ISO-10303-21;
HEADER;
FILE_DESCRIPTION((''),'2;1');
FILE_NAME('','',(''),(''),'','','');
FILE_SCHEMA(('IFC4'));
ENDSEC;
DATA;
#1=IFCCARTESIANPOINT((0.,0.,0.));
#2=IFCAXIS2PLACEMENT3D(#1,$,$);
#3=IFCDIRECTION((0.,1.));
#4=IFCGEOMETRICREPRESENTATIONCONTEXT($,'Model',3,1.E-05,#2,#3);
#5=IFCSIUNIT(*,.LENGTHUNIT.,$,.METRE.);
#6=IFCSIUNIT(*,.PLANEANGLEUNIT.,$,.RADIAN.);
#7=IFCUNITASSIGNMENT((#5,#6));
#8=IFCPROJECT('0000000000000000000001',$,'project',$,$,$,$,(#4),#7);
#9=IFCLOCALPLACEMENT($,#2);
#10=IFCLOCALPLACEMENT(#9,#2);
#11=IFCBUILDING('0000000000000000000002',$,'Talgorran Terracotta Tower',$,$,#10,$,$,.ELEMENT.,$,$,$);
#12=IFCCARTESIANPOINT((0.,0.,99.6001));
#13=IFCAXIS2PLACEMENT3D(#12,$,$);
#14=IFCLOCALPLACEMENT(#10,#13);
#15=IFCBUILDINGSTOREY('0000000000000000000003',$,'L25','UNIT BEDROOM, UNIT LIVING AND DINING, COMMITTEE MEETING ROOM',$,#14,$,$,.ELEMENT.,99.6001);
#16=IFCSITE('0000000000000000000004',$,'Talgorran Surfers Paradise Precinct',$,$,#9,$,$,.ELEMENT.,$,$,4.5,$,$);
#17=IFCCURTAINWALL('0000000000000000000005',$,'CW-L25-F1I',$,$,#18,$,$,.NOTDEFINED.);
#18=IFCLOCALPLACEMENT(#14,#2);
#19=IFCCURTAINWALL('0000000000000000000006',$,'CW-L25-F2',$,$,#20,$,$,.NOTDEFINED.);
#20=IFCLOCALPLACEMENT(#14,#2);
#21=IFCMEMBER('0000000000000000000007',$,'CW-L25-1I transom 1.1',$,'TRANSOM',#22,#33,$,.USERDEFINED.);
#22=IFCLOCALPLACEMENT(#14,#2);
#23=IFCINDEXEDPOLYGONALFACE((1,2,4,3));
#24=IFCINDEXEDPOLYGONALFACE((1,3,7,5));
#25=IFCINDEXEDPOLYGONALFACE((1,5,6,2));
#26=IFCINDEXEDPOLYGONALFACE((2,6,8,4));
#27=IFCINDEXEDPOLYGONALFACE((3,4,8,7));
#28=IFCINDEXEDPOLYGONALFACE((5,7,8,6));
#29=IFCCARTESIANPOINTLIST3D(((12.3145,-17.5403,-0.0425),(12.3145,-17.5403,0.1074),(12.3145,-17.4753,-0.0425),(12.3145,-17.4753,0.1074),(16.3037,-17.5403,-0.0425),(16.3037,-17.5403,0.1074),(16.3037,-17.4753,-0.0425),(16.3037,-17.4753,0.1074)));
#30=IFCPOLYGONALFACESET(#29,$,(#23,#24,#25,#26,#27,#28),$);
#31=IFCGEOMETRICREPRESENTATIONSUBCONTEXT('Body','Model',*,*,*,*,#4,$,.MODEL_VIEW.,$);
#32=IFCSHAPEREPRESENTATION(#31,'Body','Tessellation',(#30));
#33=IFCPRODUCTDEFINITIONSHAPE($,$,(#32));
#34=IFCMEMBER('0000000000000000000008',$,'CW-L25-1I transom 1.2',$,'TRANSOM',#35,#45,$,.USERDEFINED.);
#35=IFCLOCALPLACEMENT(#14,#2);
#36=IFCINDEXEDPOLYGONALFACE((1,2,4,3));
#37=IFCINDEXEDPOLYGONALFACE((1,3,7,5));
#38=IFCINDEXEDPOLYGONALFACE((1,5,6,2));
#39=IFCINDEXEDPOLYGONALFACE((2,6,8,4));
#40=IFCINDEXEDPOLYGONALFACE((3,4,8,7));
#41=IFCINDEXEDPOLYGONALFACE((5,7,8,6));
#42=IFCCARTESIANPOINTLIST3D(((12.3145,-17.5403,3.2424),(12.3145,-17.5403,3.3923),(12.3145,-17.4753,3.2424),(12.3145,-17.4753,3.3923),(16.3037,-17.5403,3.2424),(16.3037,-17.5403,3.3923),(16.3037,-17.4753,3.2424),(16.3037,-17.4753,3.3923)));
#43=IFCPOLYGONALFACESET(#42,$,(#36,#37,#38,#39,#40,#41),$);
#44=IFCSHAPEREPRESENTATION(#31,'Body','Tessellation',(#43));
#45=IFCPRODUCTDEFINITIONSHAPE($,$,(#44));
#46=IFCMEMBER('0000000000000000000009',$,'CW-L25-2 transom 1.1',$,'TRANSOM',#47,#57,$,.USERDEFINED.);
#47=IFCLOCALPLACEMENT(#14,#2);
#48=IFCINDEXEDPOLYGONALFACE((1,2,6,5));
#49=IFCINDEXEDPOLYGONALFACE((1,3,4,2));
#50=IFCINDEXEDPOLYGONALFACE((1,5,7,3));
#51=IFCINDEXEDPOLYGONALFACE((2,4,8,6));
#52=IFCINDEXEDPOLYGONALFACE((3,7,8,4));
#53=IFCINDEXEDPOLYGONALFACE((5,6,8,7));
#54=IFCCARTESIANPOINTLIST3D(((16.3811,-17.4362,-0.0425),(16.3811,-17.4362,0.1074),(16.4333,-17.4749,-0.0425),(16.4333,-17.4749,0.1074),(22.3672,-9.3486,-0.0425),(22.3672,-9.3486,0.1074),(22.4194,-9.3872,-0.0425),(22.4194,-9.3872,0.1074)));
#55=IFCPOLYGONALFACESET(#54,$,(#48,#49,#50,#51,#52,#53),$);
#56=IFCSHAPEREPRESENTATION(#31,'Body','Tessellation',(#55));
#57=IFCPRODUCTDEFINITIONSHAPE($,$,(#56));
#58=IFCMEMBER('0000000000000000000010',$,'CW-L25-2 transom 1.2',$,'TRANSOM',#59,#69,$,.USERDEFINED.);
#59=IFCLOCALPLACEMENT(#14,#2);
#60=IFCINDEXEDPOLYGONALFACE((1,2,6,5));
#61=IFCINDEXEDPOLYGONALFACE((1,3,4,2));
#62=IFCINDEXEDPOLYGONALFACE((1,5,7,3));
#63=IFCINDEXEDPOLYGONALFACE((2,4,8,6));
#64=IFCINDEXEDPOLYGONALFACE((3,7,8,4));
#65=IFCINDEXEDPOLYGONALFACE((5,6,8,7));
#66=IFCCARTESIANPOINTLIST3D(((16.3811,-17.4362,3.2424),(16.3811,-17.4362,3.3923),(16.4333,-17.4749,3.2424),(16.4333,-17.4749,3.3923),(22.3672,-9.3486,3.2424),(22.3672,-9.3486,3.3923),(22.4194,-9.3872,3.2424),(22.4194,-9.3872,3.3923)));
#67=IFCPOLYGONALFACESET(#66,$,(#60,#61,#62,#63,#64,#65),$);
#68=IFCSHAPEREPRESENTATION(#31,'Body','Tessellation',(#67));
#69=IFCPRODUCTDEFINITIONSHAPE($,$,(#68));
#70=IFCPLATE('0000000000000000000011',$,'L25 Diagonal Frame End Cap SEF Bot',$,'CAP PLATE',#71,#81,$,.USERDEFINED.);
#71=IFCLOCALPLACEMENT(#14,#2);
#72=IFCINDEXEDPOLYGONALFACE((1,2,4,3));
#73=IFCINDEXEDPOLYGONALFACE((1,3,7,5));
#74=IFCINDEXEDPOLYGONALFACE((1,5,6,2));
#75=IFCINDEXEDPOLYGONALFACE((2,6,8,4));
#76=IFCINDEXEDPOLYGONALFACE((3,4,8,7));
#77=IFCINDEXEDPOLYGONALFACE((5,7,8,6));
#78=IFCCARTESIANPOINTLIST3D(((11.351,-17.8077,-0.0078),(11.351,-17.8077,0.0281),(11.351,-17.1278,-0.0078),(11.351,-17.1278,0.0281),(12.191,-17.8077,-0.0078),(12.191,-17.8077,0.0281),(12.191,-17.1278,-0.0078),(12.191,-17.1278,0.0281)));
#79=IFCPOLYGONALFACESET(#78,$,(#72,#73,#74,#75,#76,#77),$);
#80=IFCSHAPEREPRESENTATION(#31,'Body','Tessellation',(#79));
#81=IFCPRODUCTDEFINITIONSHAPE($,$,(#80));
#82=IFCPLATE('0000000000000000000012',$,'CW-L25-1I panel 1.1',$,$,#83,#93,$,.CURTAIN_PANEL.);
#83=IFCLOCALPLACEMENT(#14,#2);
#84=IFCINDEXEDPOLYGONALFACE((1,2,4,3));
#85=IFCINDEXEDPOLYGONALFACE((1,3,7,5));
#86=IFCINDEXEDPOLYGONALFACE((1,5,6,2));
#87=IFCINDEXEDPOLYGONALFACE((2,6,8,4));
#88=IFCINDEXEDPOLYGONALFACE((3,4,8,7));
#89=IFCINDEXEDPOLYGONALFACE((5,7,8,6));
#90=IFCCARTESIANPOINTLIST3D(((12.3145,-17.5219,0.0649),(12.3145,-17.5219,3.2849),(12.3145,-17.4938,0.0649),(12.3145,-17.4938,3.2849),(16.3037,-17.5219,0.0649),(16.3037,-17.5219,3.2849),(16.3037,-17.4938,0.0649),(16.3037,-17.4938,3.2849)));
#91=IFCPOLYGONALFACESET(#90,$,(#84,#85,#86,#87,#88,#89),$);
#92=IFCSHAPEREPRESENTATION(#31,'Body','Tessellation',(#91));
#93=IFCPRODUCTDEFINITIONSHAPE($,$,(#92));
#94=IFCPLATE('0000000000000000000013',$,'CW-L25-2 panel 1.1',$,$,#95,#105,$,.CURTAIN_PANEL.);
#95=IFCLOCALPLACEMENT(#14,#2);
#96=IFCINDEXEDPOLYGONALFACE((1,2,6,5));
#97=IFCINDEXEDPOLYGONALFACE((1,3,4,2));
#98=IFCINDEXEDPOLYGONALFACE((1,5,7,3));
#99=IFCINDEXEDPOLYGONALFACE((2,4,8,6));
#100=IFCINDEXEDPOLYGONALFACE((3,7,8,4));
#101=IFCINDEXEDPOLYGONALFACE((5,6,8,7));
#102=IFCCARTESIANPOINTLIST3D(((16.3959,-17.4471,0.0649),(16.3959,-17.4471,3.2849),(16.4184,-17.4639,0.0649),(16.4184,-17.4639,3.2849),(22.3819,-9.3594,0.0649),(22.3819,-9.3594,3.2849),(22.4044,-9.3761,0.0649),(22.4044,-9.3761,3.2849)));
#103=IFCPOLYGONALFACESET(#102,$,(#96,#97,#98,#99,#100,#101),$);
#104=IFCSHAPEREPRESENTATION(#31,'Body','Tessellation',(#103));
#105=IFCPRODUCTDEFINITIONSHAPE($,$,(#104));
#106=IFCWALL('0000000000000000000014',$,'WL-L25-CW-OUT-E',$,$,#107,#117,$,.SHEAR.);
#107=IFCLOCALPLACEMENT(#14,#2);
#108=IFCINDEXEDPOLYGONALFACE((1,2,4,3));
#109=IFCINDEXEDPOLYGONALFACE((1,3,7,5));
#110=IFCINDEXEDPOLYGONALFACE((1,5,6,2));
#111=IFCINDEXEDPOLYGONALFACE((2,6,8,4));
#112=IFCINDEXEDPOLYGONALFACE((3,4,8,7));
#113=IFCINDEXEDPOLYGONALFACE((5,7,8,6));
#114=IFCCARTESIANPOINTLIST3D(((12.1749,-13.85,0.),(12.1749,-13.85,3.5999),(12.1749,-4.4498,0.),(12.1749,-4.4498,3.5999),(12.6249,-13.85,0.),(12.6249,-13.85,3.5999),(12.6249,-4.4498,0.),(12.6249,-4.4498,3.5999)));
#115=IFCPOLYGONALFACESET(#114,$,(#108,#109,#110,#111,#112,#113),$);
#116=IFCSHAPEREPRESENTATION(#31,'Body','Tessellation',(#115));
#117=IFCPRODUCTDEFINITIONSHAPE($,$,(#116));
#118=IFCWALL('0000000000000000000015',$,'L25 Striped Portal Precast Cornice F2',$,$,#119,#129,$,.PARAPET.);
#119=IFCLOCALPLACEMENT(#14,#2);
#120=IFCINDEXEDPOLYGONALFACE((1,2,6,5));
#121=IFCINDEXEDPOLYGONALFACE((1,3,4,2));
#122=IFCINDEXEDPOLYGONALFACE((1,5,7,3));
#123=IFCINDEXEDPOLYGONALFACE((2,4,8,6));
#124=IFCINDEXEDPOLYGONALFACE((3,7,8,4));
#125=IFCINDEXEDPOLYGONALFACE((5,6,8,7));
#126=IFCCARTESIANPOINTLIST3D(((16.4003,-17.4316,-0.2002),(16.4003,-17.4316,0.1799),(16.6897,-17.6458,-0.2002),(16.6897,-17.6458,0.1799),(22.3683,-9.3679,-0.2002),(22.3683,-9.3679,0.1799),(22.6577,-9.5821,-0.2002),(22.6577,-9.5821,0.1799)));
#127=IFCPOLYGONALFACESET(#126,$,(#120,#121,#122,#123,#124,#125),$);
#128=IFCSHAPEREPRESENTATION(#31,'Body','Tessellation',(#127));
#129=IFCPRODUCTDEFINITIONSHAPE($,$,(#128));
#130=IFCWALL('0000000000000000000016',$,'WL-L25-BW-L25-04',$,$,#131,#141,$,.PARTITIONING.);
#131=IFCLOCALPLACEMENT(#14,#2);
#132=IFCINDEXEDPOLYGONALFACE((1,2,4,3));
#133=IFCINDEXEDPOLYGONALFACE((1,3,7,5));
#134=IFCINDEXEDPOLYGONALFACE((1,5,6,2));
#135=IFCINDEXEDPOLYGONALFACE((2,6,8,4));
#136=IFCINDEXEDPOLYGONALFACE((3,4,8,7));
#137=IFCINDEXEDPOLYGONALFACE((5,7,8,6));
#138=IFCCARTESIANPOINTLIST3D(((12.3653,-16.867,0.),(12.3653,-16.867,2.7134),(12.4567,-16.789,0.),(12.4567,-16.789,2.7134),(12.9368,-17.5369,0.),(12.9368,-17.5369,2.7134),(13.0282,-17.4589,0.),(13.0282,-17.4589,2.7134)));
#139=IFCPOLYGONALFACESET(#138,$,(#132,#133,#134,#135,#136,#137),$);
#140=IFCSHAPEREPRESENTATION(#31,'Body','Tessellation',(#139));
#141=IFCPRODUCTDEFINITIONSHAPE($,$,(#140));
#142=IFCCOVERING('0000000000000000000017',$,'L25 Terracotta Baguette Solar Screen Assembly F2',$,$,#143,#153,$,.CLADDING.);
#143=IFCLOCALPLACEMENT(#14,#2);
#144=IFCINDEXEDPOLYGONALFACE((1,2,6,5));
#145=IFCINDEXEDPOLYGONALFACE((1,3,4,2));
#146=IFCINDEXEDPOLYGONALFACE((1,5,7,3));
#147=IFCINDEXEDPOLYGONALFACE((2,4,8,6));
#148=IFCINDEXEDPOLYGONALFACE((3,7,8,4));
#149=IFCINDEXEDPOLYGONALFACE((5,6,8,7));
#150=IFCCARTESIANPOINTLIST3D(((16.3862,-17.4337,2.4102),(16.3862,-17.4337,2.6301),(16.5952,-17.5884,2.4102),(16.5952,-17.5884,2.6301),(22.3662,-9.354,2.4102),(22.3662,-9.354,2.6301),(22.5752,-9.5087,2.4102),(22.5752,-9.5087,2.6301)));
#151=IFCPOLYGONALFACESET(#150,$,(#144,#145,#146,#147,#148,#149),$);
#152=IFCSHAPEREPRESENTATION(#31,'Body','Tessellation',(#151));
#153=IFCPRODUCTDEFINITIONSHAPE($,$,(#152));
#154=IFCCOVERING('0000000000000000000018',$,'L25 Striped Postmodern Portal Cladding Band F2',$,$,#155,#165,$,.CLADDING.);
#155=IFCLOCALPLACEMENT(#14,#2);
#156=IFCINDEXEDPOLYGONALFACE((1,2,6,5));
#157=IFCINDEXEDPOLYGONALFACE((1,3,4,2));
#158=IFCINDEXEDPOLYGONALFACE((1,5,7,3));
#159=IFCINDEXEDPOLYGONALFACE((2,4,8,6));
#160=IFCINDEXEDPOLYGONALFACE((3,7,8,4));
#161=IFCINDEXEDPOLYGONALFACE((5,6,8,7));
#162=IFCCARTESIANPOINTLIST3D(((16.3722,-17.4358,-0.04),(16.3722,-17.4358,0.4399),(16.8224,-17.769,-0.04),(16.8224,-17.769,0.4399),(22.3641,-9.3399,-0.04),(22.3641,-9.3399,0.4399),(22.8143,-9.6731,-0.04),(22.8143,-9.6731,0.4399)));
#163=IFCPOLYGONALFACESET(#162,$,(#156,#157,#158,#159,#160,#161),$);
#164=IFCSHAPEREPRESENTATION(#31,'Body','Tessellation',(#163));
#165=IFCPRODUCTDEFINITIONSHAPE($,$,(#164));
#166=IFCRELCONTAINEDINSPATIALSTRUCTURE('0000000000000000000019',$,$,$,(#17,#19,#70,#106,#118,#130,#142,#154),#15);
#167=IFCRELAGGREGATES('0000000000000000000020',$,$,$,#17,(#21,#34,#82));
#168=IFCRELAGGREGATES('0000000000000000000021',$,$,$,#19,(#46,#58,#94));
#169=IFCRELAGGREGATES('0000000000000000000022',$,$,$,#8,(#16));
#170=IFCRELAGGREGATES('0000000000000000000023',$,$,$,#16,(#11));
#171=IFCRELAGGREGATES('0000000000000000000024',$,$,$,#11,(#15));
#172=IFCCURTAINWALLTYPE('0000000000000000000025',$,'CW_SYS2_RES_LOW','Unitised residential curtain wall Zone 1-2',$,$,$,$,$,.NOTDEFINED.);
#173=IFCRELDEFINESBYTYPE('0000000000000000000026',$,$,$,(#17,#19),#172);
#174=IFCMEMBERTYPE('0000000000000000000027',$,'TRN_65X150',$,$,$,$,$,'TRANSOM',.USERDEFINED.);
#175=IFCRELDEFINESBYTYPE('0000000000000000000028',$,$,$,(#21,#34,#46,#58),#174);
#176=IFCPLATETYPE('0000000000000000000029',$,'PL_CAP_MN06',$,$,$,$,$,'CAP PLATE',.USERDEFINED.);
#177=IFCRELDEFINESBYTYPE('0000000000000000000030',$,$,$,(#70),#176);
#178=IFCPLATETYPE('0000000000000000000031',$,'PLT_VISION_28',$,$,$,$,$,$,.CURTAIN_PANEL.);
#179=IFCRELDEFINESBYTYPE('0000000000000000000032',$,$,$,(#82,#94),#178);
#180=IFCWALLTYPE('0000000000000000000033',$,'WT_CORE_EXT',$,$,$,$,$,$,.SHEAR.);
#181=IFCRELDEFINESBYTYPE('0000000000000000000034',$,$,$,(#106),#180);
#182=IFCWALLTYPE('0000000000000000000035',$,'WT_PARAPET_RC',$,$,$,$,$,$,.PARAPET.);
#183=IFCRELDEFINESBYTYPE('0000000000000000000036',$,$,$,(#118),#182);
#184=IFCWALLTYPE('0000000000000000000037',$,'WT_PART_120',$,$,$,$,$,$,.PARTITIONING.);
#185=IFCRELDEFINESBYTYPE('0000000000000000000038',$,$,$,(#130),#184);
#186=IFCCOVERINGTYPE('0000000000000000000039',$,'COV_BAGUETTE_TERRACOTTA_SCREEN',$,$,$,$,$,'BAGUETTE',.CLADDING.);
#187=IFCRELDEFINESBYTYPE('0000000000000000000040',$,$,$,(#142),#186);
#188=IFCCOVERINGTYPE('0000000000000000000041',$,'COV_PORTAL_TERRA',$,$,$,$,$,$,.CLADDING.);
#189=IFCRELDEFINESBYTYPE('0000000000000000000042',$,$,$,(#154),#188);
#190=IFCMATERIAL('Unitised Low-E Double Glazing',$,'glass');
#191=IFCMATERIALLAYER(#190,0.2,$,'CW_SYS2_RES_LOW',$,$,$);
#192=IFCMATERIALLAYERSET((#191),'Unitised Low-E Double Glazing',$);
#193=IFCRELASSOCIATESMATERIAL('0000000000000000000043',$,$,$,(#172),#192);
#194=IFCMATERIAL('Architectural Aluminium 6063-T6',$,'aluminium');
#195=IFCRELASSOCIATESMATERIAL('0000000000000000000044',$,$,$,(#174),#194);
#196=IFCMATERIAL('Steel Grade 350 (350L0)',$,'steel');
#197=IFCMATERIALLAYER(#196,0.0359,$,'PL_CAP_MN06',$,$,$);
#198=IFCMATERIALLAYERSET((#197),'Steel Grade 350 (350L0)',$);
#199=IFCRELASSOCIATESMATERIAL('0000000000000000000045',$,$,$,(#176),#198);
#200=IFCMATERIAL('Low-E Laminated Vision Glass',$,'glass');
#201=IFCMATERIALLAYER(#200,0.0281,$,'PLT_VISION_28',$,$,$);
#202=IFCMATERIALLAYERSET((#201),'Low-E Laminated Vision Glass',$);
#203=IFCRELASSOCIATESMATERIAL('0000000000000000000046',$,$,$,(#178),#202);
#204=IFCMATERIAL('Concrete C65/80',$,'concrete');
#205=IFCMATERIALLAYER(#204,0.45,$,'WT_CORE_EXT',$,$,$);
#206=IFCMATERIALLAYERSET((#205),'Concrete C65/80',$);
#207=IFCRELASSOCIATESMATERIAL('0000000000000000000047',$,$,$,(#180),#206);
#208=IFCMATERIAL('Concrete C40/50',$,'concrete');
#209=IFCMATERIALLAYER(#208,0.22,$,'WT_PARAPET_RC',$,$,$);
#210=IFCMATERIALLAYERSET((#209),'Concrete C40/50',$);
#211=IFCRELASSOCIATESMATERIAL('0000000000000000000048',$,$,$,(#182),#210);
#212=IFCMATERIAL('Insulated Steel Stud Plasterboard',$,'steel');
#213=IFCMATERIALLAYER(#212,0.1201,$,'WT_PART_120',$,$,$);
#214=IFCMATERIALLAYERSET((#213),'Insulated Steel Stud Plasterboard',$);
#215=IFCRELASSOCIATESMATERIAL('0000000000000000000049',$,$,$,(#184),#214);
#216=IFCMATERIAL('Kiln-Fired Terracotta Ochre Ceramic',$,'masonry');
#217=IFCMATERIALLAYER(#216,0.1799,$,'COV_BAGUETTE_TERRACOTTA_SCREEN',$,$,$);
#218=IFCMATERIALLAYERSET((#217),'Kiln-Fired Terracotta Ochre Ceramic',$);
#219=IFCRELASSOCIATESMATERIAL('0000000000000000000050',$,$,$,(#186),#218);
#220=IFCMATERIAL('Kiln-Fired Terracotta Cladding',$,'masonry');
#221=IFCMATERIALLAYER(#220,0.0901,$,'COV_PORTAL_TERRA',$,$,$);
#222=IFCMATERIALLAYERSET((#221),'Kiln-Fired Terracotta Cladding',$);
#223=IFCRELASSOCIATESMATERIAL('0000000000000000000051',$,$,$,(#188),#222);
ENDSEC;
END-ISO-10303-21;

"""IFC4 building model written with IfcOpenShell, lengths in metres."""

from ifc_helpers import new_model, si_unit, direction, frame, frame_2d, origin, origin_2d, place, context, subcontext, project, spatial, rectangle, extrude, source, transform, mapped, material, layer, layer_set, material_profile, profile_set, type_object, type_shapes, element, aggregate, save


model = new_model("IFC4")

# Units and contexts
model_context = context("Model", 3, precision=1e-05, world=origin(), true_north=direction((0.0, 1.0)))
body_context = subcontext(model_context, "Body", "Model", "MODEL_VIEW")
ifc_project = project(units=[si_unit("LENGTHUNIT", "METRE"), si_unit("PLANEANGLEUNIT", "RADIAN")], contexts=[model_context])

# Site, building, storey
site_placement = place(None, origin())
site = spatial("IfcSite", under=ifc_project, at=site_placement, Name="Talgorran Surfers Paradise Precinct", CompositionType="ELEMENT", RefElevation=4.5)
building_placement = place(site_placement, origin())
building = spatial("IfcBuilding", under=site, at=building_placement, Name="Talgorran Terracotta Tower", CompositionType="ELEMENT")
storey_placement = place(building_placement, frame((0.0, 0.0, 99.6001)))
storey = spatial("IfcBuildingStorey", under=building, at=storey_placement, Name="L25", Description="UNIT BEDROOM, UNIT LIVING AND DINING, COMMITTEE MEETING ROOM", CompositionType="ELEMENT", Elevation=99.6001)

# Shared definitions
ifc_material_1 = material(Name="Steel Grade 350 (350L0)", Category="steel")

# Shared definitions
ifc_material_2 = material(Name="Unitised Low-E Double Glazing", Category="glass")
ifc_layer_1 = layer(ifc_material_2, 0.2, Name="CW_SYS2_RES_LOW")
ifc_layer_set_1 = layer_set([ifc_layer_1], Name="Unitised Low-E Double Glazing")
curtain_wall_type = type_object("IfcCurtainWallType", Name="CW_SYS2_RES_LOW", Description="Unitised residential curtain wall Zone 1-2", PredefinedType="NOTDEFINED", material=ifc_layer_set_1)
ifc_material_3 = material(Name="Architectural Aluminium 6063-T6", Category="aluminium")

# Curtain wall
curtain_wall_1_placement = place(storey_placement, origin())
curtain_wall_1 = element("IfcCurtainWall", 1, at=curtain_wall_1_placement, inside=storey, type_object=curtain_wall_type, Name="CW-L25-F1I", PredefinedType="NOTDEFINED")

# Curtain wall
curtain_wall_2_placement = place(storey_placement, origin())
curtain_wall_2 = element("IfcCurtainWall", 2, at=curtain_wall_2_placement, inside=storey, type_object=curtain_wall_type, Name="CW-L25-F2", PredefinedType="NOTDEFINED")

# Members
ifc_material_profile_1 = material_profile(ifc_material_3, rectangle(XDim=0.0649, YDim=0.1499, at=origin_2d()), Name="CWT65X150")
ifc_profile_set_1 = profile_set([ifc_material_profile_1], Name="Architectural Aluminium 6063-T6")
member_type_1 = type_object("IfcMemberType", Name="TRN_65X150", ElementType="TRANSOM", PredefinedType="USERDEFINED", material=ifc_profile_set_1)
member_1_placement = place(storey_placement, frame((12.3145, -17.5078, 0.0325), z_axis=(1.0, 0.0, 0.0), x_axis=(0.0, 1.0, 0.0)))
member_1 = element("IfcMember", 3, at=member_1_placement, type_object=member_type_1, Name="CW-L25-1I transom 1.1", ObjectType="TRANSOM", PredefinedType="USERDEFINED", context=body_context, shape_type="SweptSolid", body=[
    extrude(rectangle(XDim=0.0649, YDim=0.1499, at=origin_2d()), origin(), (0.0, 0.0, 1.0), 3.9893),
])
member_2_placement = place(storey_placement, frame((12.3145, -17.5078, 3.3174), z_axis=(1.0, 0.0, 0.0), x_axis=(0.0, 1.0, 0.0)))
member_2 = element("IfcMember", 4, at=member_2_placement, type_object=member_type_1, Name="CW-L25-1I transom 1.2", ObjectType="TRANSOM", PredefinedType="USERDEFINED", context=body_context, shape_type="SweptSolid", body=[
    extrude(rectangle(XDim=0.0649, YDim=0.1499, at=origin_2d()), origin(), (0.0, 0.0, 1.0), 3.9893),
])
member_3_placement = place(storey_placement, frame((16.4072, -17.4556, 0.0325), z_axis=(0.594922, 0.803784, 0.0), x_axis=(-0.803784, 0.594922, 0.0)))
member_3 = element("IfcMember", 5, at=member_3_placement, type_object=member_type_1, Name="CW-L25-2 transom 1.1", ObjectType="TRANSOM", PredefinedType="USERDEFINED", context=body_context, shape_type="SweptSolid", body=[
    extrude(rectangle(XDim=0.0649, YDim=0.1499, at=origin_2d()), origin(), (0.0, 0.0, 1.0), 10.062),
])
member_4_placement = place(storey_placement, frame((16.4072, -17.4556, 3.3174), z_axis=(0.594922, 0.803784, 0.0), x_axis=(-0.803784, 0.594922, 0.0)))
member_4 = element("IfcMember", 6, at=member_4_placement, type_object=member_type_1, Name="CW-L25-2 transom 1.2", ObjectType="TRANSOM", PredefinedType="USERDEFINED", context=body_context, shape_type="SweptSolid", body=[
    extrude(rectangle(XDim=0.0649, YDim=0.1499, at=origin_2d()), origin(), (0.0, 0.0, 1.0), 10.062),
])

# Plates
ifc_layer_2 = layer(ifc_material_1, 0.0359, Name="PL_CAP_MN06")
ifc_layer_set_2 = layer_set([ifc_layer_2], Name="Steel Grade 350 (350L0)")
plate_type_1 = type_object("IfcPlateType", Name="PL_CAP_MN06", ElementType="CAP PLATE", PredefinedType="USERDEFINED", material=ifc_layer_set_2)
plate_1_placement = place(storey_placement, frame((11.771, -17.4678, -0.0078), z_axis=(0.0, 0.0, 1.0), x_axis=(-1.0, 0.0, 0.0)))
element("IfcPlate", 7, at=plate_1_placement, inside=storey, type_object=plate_type_1, Name="L25 Diagonal Frame End Cap SEF Bot", ObjectType="CAP PLATE", PredefinedType="USERDEFINED", context=body_context, shape_type="SweptSolid", body=[
    extrude(rectangle(XDim=0.8401, YDim=0.6799, at=origin_2d()), origin(), (0.0, 0.0, 1.0), 0.0359),
])
ifc_material_4 = material(Name="Low-E Laminated Vision Glass", Category="glass")
ifc_layer_3 = layer(ifc_material_4, 0.0281, Name="PLT_VISION_28")
ifc_layer_set_3 = layer_set([ifc_layer_3], Name="Low-E Laminated Vision Glass")
plate_type_2 = type_object("IfcPlateType", Name="PLT_VISION_28", PredefinedType="CURTAIN_PANEL", material=ifc_layer_set_3)
shared_shape_1 = source(origin(), body_context, "Body", "SweptSolid", [
    extrude(rectangle(XDim=3.9893, YDim=0.0281, at=origin_2d()), origin(), (0.0, 0.0, 1.0), 3.22),
])
plate_2_placement = place(storey_placement, frame((14.3091, -17.5078, 0.0649), z_axis=(0.0, 0.0, 1.0), x_axis=(1.0, 0.0, 0.0)))
plate_2 = element("IfcPlate", 8, at=plate_2_placement, type_object=plate_type_2, Name="CW-L25-1I panel 1.1", PredefinedType="CURTAIN_PANEL", context=body_context, shape_type="MappedRepresentation", body=[
    mapped(shared_shape_1, transform((0.0, 0.0, 0.0), scale=1.0)),
])
aggregate(curtain_wall_1, [member_1, member_2, plate_2])
shared_shape_2 = source(origin(), body_context, "Body", "SweptSolid", [
    extrude(rectangle(XDim=10.062, YDim=0.0281, at=origin_2d()), origin(), (0.0, 0.0, 1.0), 3.22),
])
type_shapes(plate_type_2, [shared_shape_1, shared_shape_2])
plate_3_placement = place(storey_placement, frame((19.4001, -13.4116, 0.0649), z_axis=(0.0, 0.0, 1.0), x_axis=(0.594911, 0.803792, 0.0)))
plate_3 = element("IfcPlate", 9, at=plate_3_placement, type_object=plate_type_2, Name="CW-L25-2 panel 1.1", PredefinedType="CURTAIN_PANEL", context=body_context, shape_type="MappedRepresentation", body=[
    mapped(shared_shape_2, transform((0.0, 0.0, 0.0), scale=1.0)),
])
aggregate(curtain_wall_2, [member_3, member_4, plate_3])

# Walls
ifc_material_5 = material(Name="Concrete C65/80", Category="concrete")
ifc_layer_4 = layer(ifc_material_5, 0.45, Name="WT_CORE_EXT")
ifc_layer_set_4 = layer_set([ifc_layer_4], Name="Concrete C65/80")
wall_type_1 = type_object("IfcWallType", Name="WT_CORE_EXT", PredefinedType="SHEAR", material=ifc_layer_set_4)
wall_1_placement = place(storey_placement, frame((12.3999, -13.8501, 0.0), z_axis=(0.0, 0.0, 1.0), x_axis=(0.0, 1.0, 0.0)))
element("IfcWall", 10, at=wall_1_placement, inside=storey, type_object=wall_type_1, Name="WL-L25-CW-OUT-E", PredefinedType="SHEAR", context=body_context, shape_type="SweptSolid", body=[
    extrude(rectangle(XDim=9.4001, YDim=0.45, at=frame_2d((4.7002, 0.0))), origin(), (0.0, 0.0, 1.0), 3.5999),
])
ifc_material_6 = material(Name="Concrete C40/50", Category="concrete")
ifc_layer_5 = layer(ifc_material_6, 0.22, Name="WT_PARAPET_RC")
ifc_layer_set_5 = layer_set([ifc_layer_5], Name="Concrete C40/50")
wall_type_2 = type_object("IfcWallType", Name="WT_PARAPET_RC", PredefinedType="PARAPET", material=ifc_layer_set_5)
wall_2_placement = place(storey_placement, frame((16.5449, -17.5388, -0.2002), z_axis=(0.0, 0.0, 1.0), x_axis=(0.594899, 0.803801, 0.0)))
element("IfcWall", 11, at=wall_2_placement, inside=storey, type_object=wall_type_2, Name="L25 Striped Portal Precast Cornice F2", PredefinedType="PARAPET", context=body_context, shape_type="SweptSolid", body=[
    extrude(rectangle(XDim=10.032, YDim=0.3601, at=frame_2d((5.0161, 0.0))), origin(), (0.0, 0.0, 1.0), 0.3801),
])
ifc_material_7 = material(Name="Insulated Steel Stud Plasterboard", Category="steel")
ifc_layer_6 = layer(ifc_material_7, 0.1201, Name="WT_PART_120")
ifc_layer_set_6 = layer_set([ifc_layer_6], Name="Insulated Steel Stud Plasterboard")
wall_type_3 = type_object("IfcWallType", Name="WT_PART_120", PredefinedType="PARTITIONING", material=ifc_layer_set_6)
wall_3_placement = place(storey_placement, frame((12.4109, -16.8279, 0.0), z_axis=(0.0, 0.0, 1.0), x_axis=(0.649032, -0.760761, 0.0)))
element("IfcWall", 12, at=wall_3_placement, inside=storey, type_object=wall_type_3, Name="WL-L25-BW-L25-04", PredefinedType="PARTITIONING", context=body_context, shape_type="SweptSolid", body=[
    extrude(rectangle(XDim=0.8806, YDim=0.1201, at=frame_2d((0.4404, 0.0))), origin(), (0.0, 0.0, 1.0), 2.7134),
])

# Coverings
ifc_material_8 = material(Name="Kiln-Fired Terracotta Ochre Ceramic", Category="masonry")
ifc_layer_7 = layer(ifc_material_8, 0.1799, Name="COV_BAGUETTE_TERRACOTTA_SCREEN")
ifc_layer_set_7 = layer_set([ifc_layer_7], Name="Kiln-Fired Terracotta Ochre Ceramic")
covering_type_1 = type_object("IfcCoveringType", Name="COV_BAGUETTE_TERRACOTTA_SCREEN", ElementType="BAGUETTE", PredefinedType="CLADDING", material=ifc_layer_set_7)
covering_1_placement = place(storey_placement, frame((19.4807, -13.4712, 2.4102), z_axis=(0.0, 0.0, 1.0), x_axis=(0.594907, 0.803795, 0.0)))
element("IfcCovering", 13, at=covering_1_placement, inside=storey, type_object=covering_type_1, Name="L25 Terracotta Baguette Solar Screen Assembly F2", PredefinedType="CLADDING", context=body_context, shape_type="SweptSolid", body=[
    extrude(rectangle(XDim=10.052, YDim=0.26, at=origin_2d()), origin(), (0.0, 0.0, 1.0), 0.22),
])
ifc_material_9 = material(Name="Kiln-Fired Terracotta Cladding", Category="masonry")
ifc_layer_8 = layer(ifc_material_9, 0.0901, Name="COV_PORTAL_TERRA")
ifc_layer_set_8 = layer_set([ifc_layer_8], Name="Kiln-Fired Terracotta Cladding")
covering_type_2 = type_object("IfcCoveringType", Name="COV_PORTAL_TERRA", PredefinedType="CLADDING", material=ifc_layer_set_8)
covering_2_placement = place(storey_placement, frame((19.5933, -13.5544, -0.04), z_axis=(0.0, 0.0, 1.0), x_axis=(0.594907, 0.803795, 0.0)))
element("IfcCovering", 14, at=covering_2_placement, inside=storey, type_object=covering_type_2, Name="L25 Striped Postmodern Portal Cladding Band F2", PredefinedType="CLADDING", context=body_context, shape_type="SweptSolid", body=[
    extrude(rectangle(XDim=10.072, YDim=0.5601, at=origin_2d()), origin(), (0.0, 0.0, 1.0), 0.48),
])

save(model, "model.ifc")
